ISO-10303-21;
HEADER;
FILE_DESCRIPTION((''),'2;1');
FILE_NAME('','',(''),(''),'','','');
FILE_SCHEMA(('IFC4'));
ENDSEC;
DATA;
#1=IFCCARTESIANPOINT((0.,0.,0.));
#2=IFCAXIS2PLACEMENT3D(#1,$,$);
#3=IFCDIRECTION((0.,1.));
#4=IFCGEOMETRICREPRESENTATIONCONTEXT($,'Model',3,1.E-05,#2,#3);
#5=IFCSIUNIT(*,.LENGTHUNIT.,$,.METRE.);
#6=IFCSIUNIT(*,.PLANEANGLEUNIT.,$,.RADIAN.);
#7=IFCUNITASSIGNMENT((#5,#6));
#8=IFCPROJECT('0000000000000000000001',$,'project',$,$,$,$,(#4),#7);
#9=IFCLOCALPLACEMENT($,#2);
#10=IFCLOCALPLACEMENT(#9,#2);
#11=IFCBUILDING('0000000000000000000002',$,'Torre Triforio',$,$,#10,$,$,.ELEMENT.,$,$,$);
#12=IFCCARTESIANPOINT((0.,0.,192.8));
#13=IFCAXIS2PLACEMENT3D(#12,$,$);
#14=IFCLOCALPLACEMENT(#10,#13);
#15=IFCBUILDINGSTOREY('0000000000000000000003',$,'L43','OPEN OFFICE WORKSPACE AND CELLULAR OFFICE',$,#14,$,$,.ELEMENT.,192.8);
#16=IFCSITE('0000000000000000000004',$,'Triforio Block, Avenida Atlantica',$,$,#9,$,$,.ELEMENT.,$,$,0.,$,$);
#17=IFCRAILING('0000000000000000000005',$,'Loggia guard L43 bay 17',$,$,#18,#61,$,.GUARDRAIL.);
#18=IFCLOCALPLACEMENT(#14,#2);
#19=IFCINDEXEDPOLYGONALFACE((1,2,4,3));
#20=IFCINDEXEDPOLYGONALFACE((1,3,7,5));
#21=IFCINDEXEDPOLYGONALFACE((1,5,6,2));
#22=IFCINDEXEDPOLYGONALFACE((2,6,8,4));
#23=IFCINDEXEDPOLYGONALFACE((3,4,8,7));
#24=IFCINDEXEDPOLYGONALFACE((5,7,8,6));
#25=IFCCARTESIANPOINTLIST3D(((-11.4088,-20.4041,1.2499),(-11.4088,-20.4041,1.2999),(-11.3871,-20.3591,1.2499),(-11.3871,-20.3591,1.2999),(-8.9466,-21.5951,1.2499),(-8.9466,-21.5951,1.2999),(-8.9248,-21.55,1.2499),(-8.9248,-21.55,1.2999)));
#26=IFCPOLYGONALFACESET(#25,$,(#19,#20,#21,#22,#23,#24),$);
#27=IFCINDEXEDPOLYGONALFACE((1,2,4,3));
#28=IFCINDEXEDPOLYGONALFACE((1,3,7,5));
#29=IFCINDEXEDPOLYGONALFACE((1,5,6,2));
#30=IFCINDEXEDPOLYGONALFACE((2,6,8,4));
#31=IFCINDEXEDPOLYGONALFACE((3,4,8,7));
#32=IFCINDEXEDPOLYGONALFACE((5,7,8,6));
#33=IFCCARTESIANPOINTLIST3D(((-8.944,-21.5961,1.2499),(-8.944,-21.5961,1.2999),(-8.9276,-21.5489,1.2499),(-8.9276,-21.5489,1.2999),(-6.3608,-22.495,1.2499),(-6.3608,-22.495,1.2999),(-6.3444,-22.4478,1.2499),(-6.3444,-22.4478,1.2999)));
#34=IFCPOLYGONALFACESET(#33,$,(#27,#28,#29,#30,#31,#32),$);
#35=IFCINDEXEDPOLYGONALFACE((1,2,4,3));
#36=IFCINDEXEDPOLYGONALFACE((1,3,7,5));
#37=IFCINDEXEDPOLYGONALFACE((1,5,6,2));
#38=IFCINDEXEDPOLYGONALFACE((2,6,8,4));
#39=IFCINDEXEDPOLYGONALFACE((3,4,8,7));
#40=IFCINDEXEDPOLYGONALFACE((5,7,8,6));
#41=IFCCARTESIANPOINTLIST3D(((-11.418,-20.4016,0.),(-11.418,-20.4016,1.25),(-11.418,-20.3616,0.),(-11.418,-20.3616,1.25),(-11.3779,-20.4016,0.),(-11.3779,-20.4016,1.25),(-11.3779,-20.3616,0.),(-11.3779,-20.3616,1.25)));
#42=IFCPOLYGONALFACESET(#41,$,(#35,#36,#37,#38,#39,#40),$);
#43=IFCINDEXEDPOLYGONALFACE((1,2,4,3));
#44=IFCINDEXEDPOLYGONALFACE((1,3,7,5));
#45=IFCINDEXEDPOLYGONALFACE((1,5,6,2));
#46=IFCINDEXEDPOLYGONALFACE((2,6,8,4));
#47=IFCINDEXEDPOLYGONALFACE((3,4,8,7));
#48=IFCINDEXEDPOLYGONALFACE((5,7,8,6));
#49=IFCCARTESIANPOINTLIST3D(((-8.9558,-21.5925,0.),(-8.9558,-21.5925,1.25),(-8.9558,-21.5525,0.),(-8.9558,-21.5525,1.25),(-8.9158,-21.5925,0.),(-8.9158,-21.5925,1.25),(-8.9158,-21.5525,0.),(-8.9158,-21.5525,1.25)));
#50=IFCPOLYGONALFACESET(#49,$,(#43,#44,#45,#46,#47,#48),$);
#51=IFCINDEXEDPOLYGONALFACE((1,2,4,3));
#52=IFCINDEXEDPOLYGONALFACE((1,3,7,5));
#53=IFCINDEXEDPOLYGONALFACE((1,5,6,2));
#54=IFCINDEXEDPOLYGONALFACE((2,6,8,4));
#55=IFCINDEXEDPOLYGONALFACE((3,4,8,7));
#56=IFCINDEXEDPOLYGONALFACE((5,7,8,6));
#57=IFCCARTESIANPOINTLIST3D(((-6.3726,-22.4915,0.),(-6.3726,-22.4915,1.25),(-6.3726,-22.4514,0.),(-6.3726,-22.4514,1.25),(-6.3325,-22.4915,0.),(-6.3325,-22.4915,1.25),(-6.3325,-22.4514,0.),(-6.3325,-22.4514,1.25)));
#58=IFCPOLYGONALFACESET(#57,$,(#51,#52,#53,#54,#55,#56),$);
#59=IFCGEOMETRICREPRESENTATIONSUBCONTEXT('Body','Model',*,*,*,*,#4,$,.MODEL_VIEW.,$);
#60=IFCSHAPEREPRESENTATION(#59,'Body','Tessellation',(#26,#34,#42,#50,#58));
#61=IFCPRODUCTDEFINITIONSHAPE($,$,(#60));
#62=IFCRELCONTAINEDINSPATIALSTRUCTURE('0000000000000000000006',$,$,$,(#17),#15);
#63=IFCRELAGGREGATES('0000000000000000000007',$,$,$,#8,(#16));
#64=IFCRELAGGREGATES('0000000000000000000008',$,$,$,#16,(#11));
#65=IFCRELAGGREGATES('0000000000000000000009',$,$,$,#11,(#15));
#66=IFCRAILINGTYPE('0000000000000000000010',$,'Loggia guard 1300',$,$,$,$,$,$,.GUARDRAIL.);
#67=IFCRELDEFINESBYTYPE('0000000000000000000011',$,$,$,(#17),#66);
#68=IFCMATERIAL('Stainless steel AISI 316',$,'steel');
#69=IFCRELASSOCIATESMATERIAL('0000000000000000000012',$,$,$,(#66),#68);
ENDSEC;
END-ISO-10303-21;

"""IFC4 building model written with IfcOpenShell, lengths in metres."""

from ifc_helpers import new_model, si_unit, direction, frame, origin, origin_2d, place, context, subcontext, project, spatial, rectangle, extrude, material, type_object, element, save


model = new_model("IFC4")

# Units and contexts
model_context = context("Model", 3, precision=1e-05, world=origin(), true_north=direction((0.0, 1.0)))
body_context = subcontext(model_context, "Body", "Model", "MODEL_VIEW")
ifc_project = project(units=[si_unit("LENGTHUNIT", "METRE"), si_unit("PLANEANGLEUNIT", "RADIAN")], contexts=[model_context])

# Site, building, storey
site_placement = place(None, origin())
site = spatial("IfcSite", under=ifc_project, at=site_placement, Name="Triforio Block, Avenida Atlantica", CompositionType="ELEMENT", RefElevation=0.0)
building_placement = place(site_placement, origin())
building = spatial("IfcBuilding", under=site, at=building_placement, Name="Torre Triforio", CompositionType="ELEMENT")
storey_placement = place(building_placement, frame((0.0, 0.0, 192.8)))
storey = spatial("IfcBuildingStorey", under=building, at=storey_placement, Name="L43", Description="OPEN OFFICE WORKSPACE AND CELLULAR OFFICE", CompositionType="ELEMENT", Elevation=192.8)

# Railing
ifc_material_1 = material(Name="Stainless steel AISI 316", Category="steel")
railing_type = type_object("IfcRailingType", Name="Loggia guard 1300", PredefinedType="GUARDRAIL", material=ifc_material_1)
railing_1_placement = place(storey_placement, frame((-11.3979, -20.3816, 0.0)))
element("IfcRailing", 1, at=railing_1_placement, inside=storey, type_object=railing_type, Name="Loggia guard L43 bay 17", PredefinedType="GUARDRAIL", context=body_context, shape_type="SweptSolid", body=[
    extrude(rectangle(XDim=0.05, YDim=0.05, at=origin_2d()), frame((0.0, 0.0, 1.2749), z_axis=(0.900224, -0.435428, 0.0), x_axis=(0.435428, 0.900224, 0.0)), (0.0, 0.0, 1.0), 2.7351),
    extrude(rectangle(XDim=0.05, YDim=0.05, at=origin_2d()), frame((2.4622, -1.1909, 1.2749), z_axis=(0.944451, -0.328652, 0.0), x_axis=(0.328652, 0.944451, 0.0)), (0.0, 0.0, 1.0), 2.7351),
    extrude(rectangle(XDim=0.04, YDim=0.04, at=origin_2d()), origin(), (0.0, 0.0, 1.0), 1.25),
    extrude(rectangle(XDim=0.04, YDim=0.04, at=origin_2d()), frame((2.4622, -1.1909, 0.0)), (0.0, 0.0, 1.0), 1.25),
    extrude(rectangle(XDim=0.04, YDim=0.04, at=origin_2d()), frame((5.0454, -2.0898, 0.0)), (0.0, 0.0, 1.0), 1.25),
])

save(model, "model.ifc")
